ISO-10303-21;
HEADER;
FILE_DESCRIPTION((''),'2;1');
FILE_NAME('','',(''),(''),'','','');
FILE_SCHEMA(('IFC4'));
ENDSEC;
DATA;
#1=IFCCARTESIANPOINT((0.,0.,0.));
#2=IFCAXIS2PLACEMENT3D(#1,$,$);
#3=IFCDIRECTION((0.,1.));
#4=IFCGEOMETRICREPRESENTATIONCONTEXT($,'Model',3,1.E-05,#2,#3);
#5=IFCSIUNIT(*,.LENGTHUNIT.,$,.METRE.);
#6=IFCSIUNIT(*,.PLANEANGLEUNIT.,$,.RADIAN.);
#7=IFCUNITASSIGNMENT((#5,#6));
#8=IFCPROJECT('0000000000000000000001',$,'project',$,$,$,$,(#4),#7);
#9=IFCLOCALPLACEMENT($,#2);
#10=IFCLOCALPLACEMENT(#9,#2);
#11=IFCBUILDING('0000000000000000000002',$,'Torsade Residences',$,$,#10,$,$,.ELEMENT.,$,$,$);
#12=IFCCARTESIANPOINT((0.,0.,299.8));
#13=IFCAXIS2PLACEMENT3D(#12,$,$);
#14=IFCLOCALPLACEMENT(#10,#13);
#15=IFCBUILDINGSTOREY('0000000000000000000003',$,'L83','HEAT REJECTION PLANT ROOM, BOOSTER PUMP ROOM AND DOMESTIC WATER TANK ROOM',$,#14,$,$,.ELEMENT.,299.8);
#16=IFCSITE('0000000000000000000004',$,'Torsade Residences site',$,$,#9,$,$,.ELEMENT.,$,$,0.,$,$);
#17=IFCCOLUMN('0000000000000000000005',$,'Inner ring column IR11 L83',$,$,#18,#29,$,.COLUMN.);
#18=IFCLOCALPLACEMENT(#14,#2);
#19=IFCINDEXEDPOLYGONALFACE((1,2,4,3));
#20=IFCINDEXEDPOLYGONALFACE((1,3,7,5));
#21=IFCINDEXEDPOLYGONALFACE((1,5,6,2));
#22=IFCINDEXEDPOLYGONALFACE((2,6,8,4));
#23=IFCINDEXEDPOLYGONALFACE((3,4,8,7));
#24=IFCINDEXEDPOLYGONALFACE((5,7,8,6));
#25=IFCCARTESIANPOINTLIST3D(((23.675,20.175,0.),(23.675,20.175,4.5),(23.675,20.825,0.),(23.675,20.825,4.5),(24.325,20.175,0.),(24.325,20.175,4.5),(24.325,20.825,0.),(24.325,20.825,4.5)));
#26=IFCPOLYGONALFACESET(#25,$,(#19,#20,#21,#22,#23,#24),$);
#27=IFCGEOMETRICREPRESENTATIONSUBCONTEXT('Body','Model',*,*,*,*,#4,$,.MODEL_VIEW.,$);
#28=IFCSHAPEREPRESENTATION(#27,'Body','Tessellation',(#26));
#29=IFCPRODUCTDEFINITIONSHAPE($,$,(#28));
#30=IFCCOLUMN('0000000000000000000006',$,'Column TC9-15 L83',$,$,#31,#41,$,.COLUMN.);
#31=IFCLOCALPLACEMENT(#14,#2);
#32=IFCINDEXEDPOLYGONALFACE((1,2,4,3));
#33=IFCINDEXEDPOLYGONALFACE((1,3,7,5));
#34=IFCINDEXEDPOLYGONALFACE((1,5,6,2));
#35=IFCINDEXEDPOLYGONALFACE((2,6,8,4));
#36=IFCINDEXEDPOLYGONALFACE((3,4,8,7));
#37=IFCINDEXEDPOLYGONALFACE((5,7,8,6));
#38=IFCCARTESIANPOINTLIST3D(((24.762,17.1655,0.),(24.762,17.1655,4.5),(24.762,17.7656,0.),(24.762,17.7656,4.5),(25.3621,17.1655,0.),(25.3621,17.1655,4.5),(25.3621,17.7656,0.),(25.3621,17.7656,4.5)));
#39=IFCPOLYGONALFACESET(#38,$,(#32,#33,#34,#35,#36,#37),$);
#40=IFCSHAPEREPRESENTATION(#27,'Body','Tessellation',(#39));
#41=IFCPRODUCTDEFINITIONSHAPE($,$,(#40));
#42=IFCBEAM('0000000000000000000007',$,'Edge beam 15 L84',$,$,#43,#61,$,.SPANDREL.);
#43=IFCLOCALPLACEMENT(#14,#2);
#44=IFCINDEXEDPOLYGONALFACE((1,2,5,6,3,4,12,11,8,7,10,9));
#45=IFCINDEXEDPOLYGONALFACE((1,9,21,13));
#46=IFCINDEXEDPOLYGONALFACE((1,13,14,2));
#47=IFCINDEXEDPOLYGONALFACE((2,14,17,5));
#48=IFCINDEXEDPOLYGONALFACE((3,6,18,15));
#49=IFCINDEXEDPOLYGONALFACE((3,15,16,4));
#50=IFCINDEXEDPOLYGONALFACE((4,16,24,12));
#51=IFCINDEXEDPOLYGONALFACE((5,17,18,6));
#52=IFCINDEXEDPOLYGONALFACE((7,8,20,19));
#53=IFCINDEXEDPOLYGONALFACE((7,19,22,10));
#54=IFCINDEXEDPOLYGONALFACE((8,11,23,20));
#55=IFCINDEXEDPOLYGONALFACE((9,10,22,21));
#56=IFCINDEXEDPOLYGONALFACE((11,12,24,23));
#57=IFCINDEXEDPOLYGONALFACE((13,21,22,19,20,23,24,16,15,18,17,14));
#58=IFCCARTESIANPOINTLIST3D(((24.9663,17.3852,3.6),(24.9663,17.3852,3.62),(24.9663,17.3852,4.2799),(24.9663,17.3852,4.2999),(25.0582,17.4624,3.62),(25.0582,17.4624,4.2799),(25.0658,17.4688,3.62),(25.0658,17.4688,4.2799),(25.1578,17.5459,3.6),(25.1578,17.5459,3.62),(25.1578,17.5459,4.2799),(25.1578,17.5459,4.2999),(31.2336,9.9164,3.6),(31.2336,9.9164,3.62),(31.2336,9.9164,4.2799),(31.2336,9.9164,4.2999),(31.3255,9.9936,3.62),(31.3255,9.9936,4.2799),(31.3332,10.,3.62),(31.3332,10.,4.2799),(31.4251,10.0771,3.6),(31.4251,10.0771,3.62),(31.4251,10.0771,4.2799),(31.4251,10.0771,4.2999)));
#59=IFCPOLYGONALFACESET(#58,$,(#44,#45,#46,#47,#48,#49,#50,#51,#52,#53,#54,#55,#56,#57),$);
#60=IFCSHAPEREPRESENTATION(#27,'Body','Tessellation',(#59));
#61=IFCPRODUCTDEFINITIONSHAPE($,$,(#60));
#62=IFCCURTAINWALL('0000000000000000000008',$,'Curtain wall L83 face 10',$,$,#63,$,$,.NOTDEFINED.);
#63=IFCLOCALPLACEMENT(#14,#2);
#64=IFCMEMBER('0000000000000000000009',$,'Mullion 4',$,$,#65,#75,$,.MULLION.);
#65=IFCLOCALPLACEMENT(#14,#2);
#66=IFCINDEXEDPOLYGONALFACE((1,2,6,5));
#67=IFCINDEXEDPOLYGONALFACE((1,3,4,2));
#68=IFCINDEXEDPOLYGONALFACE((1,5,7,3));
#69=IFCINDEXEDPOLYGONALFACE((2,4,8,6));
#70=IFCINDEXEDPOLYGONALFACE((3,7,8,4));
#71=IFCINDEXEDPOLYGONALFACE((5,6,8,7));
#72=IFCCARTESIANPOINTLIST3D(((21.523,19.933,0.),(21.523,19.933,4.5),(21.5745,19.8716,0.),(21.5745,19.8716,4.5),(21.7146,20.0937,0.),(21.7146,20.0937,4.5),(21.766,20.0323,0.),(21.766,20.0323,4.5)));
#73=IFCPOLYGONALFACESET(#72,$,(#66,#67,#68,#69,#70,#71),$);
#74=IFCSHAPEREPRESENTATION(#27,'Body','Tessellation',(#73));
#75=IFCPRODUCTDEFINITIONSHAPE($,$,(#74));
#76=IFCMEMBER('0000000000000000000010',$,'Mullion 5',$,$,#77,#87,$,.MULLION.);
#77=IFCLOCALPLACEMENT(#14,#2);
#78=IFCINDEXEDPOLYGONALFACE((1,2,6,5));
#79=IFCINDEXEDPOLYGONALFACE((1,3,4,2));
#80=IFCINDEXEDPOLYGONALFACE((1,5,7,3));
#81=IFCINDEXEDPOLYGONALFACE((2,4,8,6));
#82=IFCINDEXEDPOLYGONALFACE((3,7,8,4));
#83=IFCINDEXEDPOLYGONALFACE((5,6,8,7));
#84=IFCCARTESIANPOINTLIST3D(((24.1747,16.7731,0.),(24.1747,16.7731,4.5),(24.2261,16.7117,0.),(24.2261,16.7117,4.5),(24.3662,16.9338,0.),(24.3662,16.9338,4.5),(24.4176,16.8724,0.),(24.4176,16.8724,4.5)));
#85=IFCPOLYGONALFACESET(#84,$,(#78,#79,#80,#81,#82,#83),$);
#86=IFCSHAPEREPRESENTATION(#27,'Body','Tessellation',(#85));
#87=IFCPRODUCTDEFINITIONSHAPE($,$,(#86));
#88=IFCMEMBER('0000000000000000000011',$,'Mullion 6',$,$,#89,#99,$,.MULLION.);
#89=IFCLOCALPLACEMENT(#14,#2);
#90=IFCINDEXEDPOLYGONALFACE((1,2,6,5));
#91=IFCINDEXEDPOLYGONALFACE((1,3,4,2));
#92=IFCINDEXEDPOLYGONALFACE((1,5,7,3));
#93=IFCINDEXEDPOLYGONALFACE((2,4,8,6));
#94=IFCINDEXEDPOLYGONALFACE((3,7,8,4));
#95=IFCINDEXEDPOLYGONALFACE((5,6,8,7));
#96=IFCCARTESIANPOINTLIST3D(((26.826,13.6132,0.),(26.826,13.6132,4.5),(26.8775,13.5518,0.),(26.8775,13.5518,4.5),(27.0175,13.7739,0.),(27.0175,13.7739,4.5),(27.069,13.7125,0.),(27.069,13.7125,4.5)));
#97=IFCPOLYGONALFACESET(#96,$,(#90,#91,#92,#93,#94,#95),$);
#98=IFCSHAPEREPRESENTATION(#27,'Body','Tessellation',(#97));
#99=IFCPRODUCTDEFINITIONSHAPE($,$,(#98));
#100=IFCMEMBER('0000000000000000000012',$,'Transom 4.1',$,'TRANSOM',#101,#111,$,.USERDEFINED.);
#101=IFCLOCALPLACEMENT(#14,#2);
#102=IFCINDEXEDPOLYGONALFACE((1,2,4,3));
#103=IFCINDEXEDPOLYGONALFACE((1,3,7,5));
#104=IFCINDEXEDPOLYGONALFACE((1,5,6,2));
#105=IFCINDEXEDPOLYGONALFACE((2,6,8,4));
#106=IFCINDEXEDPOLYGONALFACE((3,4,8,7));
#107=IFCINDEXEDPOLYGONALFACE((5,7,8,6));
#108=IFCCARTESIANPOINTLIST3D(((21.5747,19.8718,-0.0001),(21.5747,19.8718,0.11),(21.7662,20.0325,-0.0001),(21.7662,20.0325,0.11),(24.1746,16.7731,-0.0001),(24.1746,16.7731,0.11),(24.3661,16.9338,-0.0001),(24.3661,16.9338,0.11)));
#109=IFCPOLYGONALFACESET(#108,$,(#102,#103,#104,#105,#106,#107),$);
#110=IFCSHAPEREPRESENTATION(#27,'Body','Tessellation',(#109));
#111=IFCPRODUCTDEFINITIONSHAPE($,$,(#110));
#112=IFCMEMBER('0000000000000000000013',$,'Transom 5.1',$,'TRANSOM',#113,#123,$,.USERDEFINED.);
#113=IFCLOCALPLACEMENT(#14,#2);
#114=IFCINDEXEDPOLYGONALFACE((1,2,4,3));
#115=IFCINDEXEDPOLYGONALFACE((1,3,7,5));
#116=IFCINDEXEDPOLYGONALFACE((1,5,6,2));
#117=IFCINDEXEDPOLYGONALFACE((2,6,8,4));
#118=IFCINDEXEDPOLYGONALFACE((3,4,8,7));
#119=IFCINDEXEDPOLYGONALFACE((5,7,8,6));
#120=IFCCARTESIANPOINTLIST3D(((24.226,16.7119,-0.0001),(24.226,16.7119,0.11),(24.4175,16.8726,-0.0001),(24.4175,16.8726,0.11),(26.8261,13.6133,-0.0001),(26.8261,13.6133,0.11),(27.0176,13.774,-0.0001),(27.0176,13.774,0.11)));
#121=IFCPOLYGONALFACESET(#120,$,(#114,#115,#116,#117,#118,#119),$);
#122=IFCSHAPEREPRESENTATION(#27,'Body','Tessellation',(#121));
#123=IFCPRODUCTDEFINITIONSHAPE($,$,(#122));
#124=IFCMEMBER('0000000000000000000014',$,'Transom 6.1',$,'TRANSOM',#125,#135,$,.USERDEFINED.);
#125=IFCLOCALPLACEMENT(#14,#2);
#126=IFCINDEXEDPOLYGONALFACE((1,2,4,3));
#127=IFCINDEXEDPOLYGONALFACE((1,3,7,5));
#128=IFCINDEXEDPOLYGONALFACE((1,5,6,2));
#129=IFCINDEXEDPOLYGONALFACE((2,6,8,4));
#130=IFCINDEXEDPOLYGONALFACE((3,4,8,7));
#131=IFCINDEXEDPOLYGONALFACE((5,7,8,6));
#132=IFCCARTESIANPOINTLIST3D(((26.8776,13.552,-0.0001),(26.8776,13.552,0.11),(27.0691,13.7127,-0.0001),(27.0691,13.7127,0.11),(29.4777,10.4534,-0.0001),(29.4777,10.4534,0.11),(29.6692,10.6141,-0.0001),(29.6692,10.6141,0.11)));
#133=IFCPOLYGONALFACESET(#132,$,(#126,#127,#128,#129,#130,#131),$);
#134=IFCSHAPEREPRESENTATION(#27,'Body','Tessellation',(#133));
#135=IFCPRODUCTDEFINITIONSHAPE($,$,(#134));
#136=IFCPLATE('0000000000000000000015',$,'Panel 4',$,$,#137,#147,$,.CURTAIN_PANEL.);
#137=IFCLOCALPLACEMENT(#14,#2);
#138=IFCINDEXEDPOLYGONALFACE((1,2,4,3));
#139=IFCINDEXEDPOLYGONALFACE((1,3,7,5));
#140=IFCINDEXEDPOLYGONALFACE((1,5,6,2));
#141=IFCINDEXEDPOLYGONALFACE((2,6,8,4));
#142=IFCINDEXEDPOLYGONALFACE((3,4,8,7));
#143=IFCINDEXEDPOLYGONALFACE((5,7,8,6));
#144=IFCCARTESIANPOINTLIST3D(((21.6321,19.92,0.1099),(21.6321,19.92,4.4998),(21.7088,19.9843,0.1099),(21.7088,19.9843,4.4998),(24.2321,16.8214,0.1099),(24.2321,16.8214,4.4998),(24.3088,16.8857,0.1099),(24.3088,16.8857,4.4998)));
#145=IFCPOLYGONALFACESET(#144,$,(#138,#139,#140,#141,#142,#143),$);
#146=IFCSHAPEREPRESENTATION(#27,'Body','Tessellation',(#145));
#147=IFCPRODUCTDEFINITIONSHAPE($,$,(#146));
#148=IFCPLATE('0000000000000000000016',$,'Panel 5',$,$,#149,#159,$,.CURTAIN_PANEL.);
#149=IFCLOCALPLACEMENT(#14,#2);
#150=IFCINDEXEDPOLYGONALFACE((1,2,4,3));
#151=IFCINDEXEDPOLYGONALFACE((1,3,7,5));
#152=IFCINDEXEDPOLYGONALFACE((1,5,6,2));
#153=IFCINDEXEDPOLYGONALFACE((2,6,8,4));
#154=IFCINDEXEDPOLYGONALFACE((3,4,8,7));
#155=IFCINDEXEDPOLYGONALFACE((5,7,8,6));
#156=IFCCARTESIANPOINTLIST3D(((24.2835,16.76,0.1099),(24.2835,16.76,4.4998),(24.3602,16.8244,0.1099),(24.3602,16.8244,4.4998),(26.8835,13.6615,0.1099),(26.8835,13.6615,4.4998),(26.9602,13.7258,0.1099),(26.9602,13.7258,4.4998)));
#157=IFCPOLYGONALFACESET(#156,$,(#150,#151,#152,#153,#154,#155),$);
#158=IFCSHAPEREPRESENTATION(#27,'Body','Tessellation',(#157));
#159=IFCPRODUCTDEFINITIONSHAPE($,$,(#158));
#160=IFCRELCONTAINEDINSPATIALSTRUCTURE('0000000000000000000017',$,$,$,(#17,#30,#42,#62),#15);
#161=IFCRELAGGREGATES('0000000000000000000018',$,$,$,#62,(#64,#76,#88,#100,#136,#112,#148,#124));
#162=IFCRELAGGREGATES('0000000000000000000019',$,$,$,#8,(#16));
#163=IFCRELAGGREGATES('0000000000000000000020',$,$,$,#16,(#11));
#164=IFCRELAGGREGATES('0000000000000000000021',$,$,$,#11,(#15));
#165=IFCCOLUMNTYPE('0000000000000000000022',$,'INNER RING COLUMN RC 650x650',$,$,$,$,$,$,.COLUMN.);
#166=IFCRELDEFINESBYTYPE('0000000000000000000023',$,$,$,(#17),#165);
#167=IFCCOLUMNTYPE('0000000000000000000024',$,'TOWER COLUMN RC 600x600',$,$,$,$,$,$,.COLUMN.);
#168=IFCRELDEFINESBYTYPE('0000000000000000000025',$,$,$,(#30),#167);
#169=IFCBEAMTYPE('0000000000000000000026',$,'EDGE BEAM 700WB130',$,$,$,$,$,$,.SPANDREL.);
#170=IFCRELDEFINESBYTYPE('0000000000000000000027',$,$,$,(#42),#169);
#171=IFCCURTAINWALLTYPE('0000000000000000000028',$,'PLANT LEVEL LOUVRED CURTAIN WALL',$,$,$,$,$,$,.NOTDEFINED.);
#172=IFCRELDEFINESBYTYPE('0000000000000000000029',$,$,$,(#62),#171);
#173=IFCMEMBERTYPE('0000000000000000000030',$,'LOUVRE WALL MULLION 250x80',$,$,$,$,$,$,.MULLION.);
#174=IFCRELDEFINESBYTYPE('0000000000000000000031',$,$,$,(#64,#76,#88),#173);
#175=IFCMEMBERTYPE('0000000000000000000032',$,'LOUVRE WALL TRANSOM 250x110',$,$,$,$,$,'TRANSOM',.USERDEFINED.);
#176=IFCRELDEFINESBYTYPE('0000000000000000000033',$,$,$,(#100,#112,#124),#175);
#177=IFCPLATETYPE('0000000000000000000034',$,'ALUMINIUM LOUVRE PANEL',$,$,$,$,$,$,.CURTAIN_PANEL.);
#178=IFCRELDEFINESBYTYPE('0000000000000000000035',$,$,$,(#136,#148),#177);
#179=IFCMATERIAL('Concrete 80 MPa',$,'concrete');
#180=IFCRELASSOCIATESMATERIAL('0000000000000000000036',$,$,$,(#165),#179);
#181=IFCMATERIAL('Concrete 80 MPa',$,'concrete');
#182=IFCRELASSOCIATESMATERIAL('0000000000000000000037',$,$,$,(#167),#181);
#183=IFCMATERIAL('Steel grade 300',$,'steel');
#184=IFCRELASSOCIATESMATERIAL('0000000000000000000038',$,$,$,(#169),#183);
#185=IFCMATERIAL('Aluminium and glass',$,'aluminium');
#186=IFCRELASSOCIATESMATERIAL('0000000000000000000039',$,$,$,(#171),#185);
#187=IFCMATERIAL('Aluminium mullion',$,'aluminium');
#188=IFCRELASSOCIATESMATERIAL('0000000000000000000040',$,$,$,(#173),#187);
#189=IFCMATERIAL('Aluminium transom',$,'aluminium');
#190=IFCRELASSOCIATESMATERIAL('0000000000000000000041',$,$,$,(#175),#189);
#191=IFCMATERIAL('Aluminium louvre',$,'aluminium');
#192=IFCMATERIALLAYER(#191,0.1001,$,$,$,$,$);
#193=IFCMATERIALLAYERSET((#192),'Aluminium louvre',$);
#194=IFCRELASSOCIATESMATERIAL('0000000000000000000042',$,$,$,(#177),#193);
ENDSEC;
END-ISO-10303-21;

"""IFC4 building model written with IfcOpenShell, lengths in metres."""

from ifc_helpers import new_model, si_unit, direction, frame, origin, origin_2d, place, context, subcontext, project, spatial, rectangle, i_section, extrude, material, layer, layer_set, material_profile, profile_set, type_object, element, aggregate, save


model = new_model("IFC4")

# Units and contexts
model_context = context("Model", 3, precision=1e-05, world=origin(), true_north=direction((0.0, 1.0)))
body_context = subcontext(model_context, "Body", "Model", "MODEL_VIEW")
ifc_project = project(units=[si_unit("LENGTHUNIT", "METRE"), si_unit("PLANEANGLEUNIT", "RADIAN")], contexts=[model_context])

# Site, building, storey
site_placement = place(None, origin())
site = spatial("IfcSite", under=ifc_project, at=site_placement, Name="Torsade Residences site", CompositionType="ELEMENT", RefElevation=0.0)
building_placement = place(site_placement, origin())
building = spatial("IfcBuilding", under=site, at=building_placement, Name="Torsade Residences", CompositionType="ELEMENT")
storey_placement = place(building_placement, frame((0.0, 0.0, 299.8)))
storey = spatial("IfcBuildingStorey", under=building, at=storey_placement, Name="L83", Description="HEAT REJECTION PLANT ROOM, BOOSTER PUMP ROOM AND DOMESTIC WATER TANK ROOM", CompositionType="ELEMENT", Elevation=299.8)

# Columns
ifc_material_1 = material(Name="Concrete 80 MPa", Category="concrete")
ifc_material_profile_1 = material_profile(ifc_material_1, rectangle(XDim=0.6499, YDim=0.6499, at=origin_2d()), Name="RC 650x650")
ifc_profile_set_1 = profile_set([ifc_material_profile_1], Name="Concrete 80 MPa")
column_type_1 = type_object("IfcColumnType", Name="INNER RING COLUMN RC 650x650", PredefinedType="COLUMN", material=ifc_profile_set_1)
column_1_placement = place(storey_placement, frame((24.0, 20.5, 0.0), z_axis=(0.0, 0.0, 1.0), x_axis=(1.0, 0.0, 0.0)))
element("IfcColumn", 1, at=column_1_placement, inside=storey, type_object=column_type_1, Name="Inner ring column IR11 L83", PredefinedType="COLUMN", context=body_context, shape_type="SweptSolid", body=[
    extrude(rectangle(XDim=0.6499, YDim=0.6499, at=origin_2d()), origin(), (0.0, 0.0, 1.0), 4.5),
])
ifc_material_2 = material(Name="Concrete 80 MPa", Category="concrete")
ifc_material_profile_2 = material_profile(ifc_material_2, rectangle(XDim=0.6001, YDim=0.6001, at=origin_2d()), Name="RC 600x600")
ifc_profile_set_2 = profile_set([ifc_material_profile_2], Name="Concrete 80 MPa")
column_type_2 = type_object("IfcColumnType", Name="TOWER COLUMN RC 600x600", PredefinedType="COLUMN", material=ifc_profile_set_2)
column_2_placement = place(storey_placement, frame((25.062, 17.4656, 0.0), z_axis=(0.0, 0.0, 1.0), x_axis=(1.0, 0.0, 0.0)))
element("IfcColumn", 2, at=column_2_placement, inside=storey, type_object=column_type_2, Name="Column TC9-15 L83", PredefinedType="COLUMN", context=body_context, shape_type="SweptSolid", body=[
    extrude(rectangle(XDim=0.6001, YDim=0.6001, at=origin_2d()), origin(), (0.0, 0.0, 1.0), 4.5),
])

# Beam
ifc_material_3 = material(Name="Steel grade 300", Category="steel")
ifc_material_profile_3 = material_profile(ifc_material_3, i_section(OverallWidth=0.25, OverallDepth=0.7, WebThickness=0.01, FlangeThickness=0.02, at=origin_2d()), Name="700WB130")
ifc_profile_set_3 = profile_set([ifc_material_profile_3], Name="Steel grade 300")
beam_type = type_object("IfcBeamType", Name="EDGE BEAM 700WB130", PredefinedType="SPANDREL", material=ifc_profile_set_3)
beam_placement = place(storey_placement, frame((25.062, 17.4656, 3.95), z_axis=(0.642806, -0.766029, 0.0), x_axis=(0.766029, 0.642806, 0.0)))
element("IfcBeam", 3, at=beam_placement, inside=storey, type_object=beam_type, Name="Edge beam 15 L84", PredefinedType="SPANDREL", context=body_context, shape_type="SweptSolid", body=[
    extrude(i_section(OverallWidth=0.25, OverallDepth=0.7, WebThickness=0.01, FlangeThickness=0.02, at=origin_2d()), origin(), (0.0, 0.0, 1.0), 9.75),
])

# Curtain wall, members, plates
ifc_material_4 = material(Name="Aluminium and glass", Category="aluminium")
curtain_wall_type = type_object("IfcCurtainWallType", Name="PLANT LEVEL LOUVRED CURTAIN WALL", PredefinedType="NOTDEFINED", material=ifc_material_4)
curtain_wall_placement = place(storey_placement, origin())
curtain_wall = element("IfcCurtainWall", 4, at=curtain_wall_placement, inside=storey, type_object=curtain_wall_type, Name="Curtain wall L83 face 10", PredefinedType="NOTDEFINED")
ifc_material_5 = material(Name="Aluminium mullion", Category="aluminium")
ifc_material_profile_4 = material_profile(ifc_material_5, rectangle(XDim=0.25, YDim=0.0801, at=origin_2d()), Name="LOUVRE WALL MULLION 250x80")
ifc_profile_set_4 = profile_set([ifc_material_profile_4], Name="Aluminium mullion")
member_type_1 = type_object("IfcMemberType", Name="LOUVRE WALL MULLION 250x80", PredefinedType="MULLION", material=ifc_profile_set_4)
member_1_placement = place(storey_placement, frame((21.6445, 19.9827, 0.0), z_axis=(0.0, 0.0, 1.0), x_axis=(0.766044, 0.642788, 0.0)))
member_1 = element("IfcMember", 5, at=member_1_placement, type_object=member_type_1, Name="Mullion 4", PredefinedType="MULLION", context=body_context, shape_type="SweptSolid", body=[
    extrude(rectangle(XDim=0.25, YDim=0.0801, at=origin_2d()), origin(), (0.0, 0.0, 1.0), 4.5),
])
member_2_placement = place(storey_placement, frame((24.2961, 16.8228, 0.0), z_axis=(0.0, 0.0, 1.0), x_axis=(0.766044, 0.642788, 0.0)))
member_2 = element("IfcMember", 6, at=member_2_placement, type_object=member_type_1, Name="Mullion 5", PredefinedType="MULLION", context=body_context, shape_type="SweptSolid", body=[
    extrude(rectangle(XDim=0.25, YDim=0.0801, at=origin_2d()), origin(), (0.0, 0.0, 1.0), 4.5),
])
member_3_placement = place(storey_placement, frame((26.9475, 13.6628, 0.0), z_axis=(0.0, 0.0, 1.0), x_axis=(0.766044, 0.642788, 0.0)))
member_3 = element("IfcMember", 7, at=member_3_placement, type_object=member_type_1, Name="Mullion 6", PredefinedType="MULLION", context=body_context, shape_type="SweptSolid", body=[
    extrude(rectangle(XDim=0.25, YDim=0.0801, at=origin_2d()), origin(), (0.0, 0.0, 1.0), 4.5),
])
ifc_material_6 = material(Name="Aluminium transom", Category="aluminium")
ifc_material_profile_5 = material_profile(ifc_material_6, rectangle(XDim=0.25, YDim=0.1101, at=origin_2d()), Name="LOUVRE WALL TRANSOM 250x110")
ifc_profile_set_5 = profile_set([ifc_material_profile_5], Name="Aluminium transom")
member_type_2 = type_object("IfcMemberType", Name="LOUVRE WALL TRANSOM 250x110", ElementType="TRANSOM", PredefinedType="USERDEFINED", material=ifc_profile_set_5)
member_4_placement = place(storey_placement, frame((21.6704, 19.9521, 0.0549), z_axis=(0.642757, -0.76607, 0.0), x_axis=(0.76607, 0.642757, 0.0)))
member_4 = element("IfcMember", 8, at=member_4_placement, type_object=member_type_2, Name="Transom 4.1", ObjectType="TRANSOM", PredefinedType="USERDEFINED", context=body_context, shape_type="SweptSolid", body=[
    extrude(rectangle(XDim=0.25, YDim=0.1101, at=origin_2d()), origin(), (0.0, 0.0, 1.0), 4.0449),
])
member_5_placement = place(storey_placement, frame((24.3218, 16.7922, 0.0549), z_axis=(0.642793, -0.76604, 0.0), x_axis=(0.76604, 0.642793, 0.0)))
member_5 = element("IfcMember", 9, at=member_5_placement, type_object=member_type_2, Name="Transom 5.1", ObjectType="TRANSOM", PredefinedType="USERDEFINED", context=body_context, shape_type="SweptSolid", body=[
    extrude(rectangle(XDim=0.25, YDim=0.1101, at=origin_2d()), origin(), (0.0, 0.0, 1.0), 4.0449),
])
member_6_placement = place(storey_placement, frame((26.9734, 13.6323, 0.0549), z_axis=(0.642793, -0.76604, 0.0), x_axis=(0.76604, 0.642793, 0.0)))
member_6 = element("IfcMember", 10, at=member_6_placement, type_object=member_type_2, Name="Transom 6.1", ObjectType="TRANSOM", PredefinedType="USERDEFINED", context=body_context, shape_type="SweptSolid", body=[
    extrude(rectangle(XDim=0.25, YDim=0.1101, at=origin_2d()), origin(), (0.0, 0.0, 1.0), 4.0449),
])
ifc_material_7 = material(Name="Aluminium louvre", Category="aluminium")
ifc_layer_1 = layer(ifc_material_7, 0.1001)
ifc_layer_set_1 = layer_set([ifc_layer_1], Name="Aluminium louvre")
plate_type = type_object("IfcPlateType", Name="ALUMINIUM LOUVRE PANEL", PredefinedType="CURTAIN_PANEL", material=ifc_layer_set_1)
plate_1_placement = place(storey_placement, frame((22.9705, 18.4028, 0.1099), z_axis=(0.0, 0.0, 1.0), x_axis=(0.642788, -0.766044, 0.0)))
plate_1 = element("IfcPlate", 11, at=plate_1_placement, type_object=plate_type, Name="Panel 4", PredefinedType="CURTAIN_PANEL", context=body_context, shape_type="SweptSolid", body=[
    extrude(rectangle(XDim=4.0449, YDim=0.1001, at=origin_2d()), origin(), (0.0, 0.0, 1.0), 4.3899),
])
plate_2_placement = place(storey_placement, frame((25.6218, 15.2429, 0.1099), z_axis=(0.0, 0.0, 1.0), x_axis=(0.642788, -0.766044, 0.0)))
plate_2 = element("IfcPlate", 12, at=plate_2_placement, type_object=plate_type, Name="Panel 5", PredefinedType="CURTAIN_PANEL", context=body_context, shape_type="SweptSolid", body=[
    extrude(rectangle(XDim=4.0449, YDim=0.1001, at=origin_2d()), origin(), (0.0, 0.0, 1.0), 4.3899),
])
aggregate(curtain_wall, [member_1, member_2, member_3, member_4, plate_1, member_5, plate_2, member_6])

save(model, "model.ifc")
